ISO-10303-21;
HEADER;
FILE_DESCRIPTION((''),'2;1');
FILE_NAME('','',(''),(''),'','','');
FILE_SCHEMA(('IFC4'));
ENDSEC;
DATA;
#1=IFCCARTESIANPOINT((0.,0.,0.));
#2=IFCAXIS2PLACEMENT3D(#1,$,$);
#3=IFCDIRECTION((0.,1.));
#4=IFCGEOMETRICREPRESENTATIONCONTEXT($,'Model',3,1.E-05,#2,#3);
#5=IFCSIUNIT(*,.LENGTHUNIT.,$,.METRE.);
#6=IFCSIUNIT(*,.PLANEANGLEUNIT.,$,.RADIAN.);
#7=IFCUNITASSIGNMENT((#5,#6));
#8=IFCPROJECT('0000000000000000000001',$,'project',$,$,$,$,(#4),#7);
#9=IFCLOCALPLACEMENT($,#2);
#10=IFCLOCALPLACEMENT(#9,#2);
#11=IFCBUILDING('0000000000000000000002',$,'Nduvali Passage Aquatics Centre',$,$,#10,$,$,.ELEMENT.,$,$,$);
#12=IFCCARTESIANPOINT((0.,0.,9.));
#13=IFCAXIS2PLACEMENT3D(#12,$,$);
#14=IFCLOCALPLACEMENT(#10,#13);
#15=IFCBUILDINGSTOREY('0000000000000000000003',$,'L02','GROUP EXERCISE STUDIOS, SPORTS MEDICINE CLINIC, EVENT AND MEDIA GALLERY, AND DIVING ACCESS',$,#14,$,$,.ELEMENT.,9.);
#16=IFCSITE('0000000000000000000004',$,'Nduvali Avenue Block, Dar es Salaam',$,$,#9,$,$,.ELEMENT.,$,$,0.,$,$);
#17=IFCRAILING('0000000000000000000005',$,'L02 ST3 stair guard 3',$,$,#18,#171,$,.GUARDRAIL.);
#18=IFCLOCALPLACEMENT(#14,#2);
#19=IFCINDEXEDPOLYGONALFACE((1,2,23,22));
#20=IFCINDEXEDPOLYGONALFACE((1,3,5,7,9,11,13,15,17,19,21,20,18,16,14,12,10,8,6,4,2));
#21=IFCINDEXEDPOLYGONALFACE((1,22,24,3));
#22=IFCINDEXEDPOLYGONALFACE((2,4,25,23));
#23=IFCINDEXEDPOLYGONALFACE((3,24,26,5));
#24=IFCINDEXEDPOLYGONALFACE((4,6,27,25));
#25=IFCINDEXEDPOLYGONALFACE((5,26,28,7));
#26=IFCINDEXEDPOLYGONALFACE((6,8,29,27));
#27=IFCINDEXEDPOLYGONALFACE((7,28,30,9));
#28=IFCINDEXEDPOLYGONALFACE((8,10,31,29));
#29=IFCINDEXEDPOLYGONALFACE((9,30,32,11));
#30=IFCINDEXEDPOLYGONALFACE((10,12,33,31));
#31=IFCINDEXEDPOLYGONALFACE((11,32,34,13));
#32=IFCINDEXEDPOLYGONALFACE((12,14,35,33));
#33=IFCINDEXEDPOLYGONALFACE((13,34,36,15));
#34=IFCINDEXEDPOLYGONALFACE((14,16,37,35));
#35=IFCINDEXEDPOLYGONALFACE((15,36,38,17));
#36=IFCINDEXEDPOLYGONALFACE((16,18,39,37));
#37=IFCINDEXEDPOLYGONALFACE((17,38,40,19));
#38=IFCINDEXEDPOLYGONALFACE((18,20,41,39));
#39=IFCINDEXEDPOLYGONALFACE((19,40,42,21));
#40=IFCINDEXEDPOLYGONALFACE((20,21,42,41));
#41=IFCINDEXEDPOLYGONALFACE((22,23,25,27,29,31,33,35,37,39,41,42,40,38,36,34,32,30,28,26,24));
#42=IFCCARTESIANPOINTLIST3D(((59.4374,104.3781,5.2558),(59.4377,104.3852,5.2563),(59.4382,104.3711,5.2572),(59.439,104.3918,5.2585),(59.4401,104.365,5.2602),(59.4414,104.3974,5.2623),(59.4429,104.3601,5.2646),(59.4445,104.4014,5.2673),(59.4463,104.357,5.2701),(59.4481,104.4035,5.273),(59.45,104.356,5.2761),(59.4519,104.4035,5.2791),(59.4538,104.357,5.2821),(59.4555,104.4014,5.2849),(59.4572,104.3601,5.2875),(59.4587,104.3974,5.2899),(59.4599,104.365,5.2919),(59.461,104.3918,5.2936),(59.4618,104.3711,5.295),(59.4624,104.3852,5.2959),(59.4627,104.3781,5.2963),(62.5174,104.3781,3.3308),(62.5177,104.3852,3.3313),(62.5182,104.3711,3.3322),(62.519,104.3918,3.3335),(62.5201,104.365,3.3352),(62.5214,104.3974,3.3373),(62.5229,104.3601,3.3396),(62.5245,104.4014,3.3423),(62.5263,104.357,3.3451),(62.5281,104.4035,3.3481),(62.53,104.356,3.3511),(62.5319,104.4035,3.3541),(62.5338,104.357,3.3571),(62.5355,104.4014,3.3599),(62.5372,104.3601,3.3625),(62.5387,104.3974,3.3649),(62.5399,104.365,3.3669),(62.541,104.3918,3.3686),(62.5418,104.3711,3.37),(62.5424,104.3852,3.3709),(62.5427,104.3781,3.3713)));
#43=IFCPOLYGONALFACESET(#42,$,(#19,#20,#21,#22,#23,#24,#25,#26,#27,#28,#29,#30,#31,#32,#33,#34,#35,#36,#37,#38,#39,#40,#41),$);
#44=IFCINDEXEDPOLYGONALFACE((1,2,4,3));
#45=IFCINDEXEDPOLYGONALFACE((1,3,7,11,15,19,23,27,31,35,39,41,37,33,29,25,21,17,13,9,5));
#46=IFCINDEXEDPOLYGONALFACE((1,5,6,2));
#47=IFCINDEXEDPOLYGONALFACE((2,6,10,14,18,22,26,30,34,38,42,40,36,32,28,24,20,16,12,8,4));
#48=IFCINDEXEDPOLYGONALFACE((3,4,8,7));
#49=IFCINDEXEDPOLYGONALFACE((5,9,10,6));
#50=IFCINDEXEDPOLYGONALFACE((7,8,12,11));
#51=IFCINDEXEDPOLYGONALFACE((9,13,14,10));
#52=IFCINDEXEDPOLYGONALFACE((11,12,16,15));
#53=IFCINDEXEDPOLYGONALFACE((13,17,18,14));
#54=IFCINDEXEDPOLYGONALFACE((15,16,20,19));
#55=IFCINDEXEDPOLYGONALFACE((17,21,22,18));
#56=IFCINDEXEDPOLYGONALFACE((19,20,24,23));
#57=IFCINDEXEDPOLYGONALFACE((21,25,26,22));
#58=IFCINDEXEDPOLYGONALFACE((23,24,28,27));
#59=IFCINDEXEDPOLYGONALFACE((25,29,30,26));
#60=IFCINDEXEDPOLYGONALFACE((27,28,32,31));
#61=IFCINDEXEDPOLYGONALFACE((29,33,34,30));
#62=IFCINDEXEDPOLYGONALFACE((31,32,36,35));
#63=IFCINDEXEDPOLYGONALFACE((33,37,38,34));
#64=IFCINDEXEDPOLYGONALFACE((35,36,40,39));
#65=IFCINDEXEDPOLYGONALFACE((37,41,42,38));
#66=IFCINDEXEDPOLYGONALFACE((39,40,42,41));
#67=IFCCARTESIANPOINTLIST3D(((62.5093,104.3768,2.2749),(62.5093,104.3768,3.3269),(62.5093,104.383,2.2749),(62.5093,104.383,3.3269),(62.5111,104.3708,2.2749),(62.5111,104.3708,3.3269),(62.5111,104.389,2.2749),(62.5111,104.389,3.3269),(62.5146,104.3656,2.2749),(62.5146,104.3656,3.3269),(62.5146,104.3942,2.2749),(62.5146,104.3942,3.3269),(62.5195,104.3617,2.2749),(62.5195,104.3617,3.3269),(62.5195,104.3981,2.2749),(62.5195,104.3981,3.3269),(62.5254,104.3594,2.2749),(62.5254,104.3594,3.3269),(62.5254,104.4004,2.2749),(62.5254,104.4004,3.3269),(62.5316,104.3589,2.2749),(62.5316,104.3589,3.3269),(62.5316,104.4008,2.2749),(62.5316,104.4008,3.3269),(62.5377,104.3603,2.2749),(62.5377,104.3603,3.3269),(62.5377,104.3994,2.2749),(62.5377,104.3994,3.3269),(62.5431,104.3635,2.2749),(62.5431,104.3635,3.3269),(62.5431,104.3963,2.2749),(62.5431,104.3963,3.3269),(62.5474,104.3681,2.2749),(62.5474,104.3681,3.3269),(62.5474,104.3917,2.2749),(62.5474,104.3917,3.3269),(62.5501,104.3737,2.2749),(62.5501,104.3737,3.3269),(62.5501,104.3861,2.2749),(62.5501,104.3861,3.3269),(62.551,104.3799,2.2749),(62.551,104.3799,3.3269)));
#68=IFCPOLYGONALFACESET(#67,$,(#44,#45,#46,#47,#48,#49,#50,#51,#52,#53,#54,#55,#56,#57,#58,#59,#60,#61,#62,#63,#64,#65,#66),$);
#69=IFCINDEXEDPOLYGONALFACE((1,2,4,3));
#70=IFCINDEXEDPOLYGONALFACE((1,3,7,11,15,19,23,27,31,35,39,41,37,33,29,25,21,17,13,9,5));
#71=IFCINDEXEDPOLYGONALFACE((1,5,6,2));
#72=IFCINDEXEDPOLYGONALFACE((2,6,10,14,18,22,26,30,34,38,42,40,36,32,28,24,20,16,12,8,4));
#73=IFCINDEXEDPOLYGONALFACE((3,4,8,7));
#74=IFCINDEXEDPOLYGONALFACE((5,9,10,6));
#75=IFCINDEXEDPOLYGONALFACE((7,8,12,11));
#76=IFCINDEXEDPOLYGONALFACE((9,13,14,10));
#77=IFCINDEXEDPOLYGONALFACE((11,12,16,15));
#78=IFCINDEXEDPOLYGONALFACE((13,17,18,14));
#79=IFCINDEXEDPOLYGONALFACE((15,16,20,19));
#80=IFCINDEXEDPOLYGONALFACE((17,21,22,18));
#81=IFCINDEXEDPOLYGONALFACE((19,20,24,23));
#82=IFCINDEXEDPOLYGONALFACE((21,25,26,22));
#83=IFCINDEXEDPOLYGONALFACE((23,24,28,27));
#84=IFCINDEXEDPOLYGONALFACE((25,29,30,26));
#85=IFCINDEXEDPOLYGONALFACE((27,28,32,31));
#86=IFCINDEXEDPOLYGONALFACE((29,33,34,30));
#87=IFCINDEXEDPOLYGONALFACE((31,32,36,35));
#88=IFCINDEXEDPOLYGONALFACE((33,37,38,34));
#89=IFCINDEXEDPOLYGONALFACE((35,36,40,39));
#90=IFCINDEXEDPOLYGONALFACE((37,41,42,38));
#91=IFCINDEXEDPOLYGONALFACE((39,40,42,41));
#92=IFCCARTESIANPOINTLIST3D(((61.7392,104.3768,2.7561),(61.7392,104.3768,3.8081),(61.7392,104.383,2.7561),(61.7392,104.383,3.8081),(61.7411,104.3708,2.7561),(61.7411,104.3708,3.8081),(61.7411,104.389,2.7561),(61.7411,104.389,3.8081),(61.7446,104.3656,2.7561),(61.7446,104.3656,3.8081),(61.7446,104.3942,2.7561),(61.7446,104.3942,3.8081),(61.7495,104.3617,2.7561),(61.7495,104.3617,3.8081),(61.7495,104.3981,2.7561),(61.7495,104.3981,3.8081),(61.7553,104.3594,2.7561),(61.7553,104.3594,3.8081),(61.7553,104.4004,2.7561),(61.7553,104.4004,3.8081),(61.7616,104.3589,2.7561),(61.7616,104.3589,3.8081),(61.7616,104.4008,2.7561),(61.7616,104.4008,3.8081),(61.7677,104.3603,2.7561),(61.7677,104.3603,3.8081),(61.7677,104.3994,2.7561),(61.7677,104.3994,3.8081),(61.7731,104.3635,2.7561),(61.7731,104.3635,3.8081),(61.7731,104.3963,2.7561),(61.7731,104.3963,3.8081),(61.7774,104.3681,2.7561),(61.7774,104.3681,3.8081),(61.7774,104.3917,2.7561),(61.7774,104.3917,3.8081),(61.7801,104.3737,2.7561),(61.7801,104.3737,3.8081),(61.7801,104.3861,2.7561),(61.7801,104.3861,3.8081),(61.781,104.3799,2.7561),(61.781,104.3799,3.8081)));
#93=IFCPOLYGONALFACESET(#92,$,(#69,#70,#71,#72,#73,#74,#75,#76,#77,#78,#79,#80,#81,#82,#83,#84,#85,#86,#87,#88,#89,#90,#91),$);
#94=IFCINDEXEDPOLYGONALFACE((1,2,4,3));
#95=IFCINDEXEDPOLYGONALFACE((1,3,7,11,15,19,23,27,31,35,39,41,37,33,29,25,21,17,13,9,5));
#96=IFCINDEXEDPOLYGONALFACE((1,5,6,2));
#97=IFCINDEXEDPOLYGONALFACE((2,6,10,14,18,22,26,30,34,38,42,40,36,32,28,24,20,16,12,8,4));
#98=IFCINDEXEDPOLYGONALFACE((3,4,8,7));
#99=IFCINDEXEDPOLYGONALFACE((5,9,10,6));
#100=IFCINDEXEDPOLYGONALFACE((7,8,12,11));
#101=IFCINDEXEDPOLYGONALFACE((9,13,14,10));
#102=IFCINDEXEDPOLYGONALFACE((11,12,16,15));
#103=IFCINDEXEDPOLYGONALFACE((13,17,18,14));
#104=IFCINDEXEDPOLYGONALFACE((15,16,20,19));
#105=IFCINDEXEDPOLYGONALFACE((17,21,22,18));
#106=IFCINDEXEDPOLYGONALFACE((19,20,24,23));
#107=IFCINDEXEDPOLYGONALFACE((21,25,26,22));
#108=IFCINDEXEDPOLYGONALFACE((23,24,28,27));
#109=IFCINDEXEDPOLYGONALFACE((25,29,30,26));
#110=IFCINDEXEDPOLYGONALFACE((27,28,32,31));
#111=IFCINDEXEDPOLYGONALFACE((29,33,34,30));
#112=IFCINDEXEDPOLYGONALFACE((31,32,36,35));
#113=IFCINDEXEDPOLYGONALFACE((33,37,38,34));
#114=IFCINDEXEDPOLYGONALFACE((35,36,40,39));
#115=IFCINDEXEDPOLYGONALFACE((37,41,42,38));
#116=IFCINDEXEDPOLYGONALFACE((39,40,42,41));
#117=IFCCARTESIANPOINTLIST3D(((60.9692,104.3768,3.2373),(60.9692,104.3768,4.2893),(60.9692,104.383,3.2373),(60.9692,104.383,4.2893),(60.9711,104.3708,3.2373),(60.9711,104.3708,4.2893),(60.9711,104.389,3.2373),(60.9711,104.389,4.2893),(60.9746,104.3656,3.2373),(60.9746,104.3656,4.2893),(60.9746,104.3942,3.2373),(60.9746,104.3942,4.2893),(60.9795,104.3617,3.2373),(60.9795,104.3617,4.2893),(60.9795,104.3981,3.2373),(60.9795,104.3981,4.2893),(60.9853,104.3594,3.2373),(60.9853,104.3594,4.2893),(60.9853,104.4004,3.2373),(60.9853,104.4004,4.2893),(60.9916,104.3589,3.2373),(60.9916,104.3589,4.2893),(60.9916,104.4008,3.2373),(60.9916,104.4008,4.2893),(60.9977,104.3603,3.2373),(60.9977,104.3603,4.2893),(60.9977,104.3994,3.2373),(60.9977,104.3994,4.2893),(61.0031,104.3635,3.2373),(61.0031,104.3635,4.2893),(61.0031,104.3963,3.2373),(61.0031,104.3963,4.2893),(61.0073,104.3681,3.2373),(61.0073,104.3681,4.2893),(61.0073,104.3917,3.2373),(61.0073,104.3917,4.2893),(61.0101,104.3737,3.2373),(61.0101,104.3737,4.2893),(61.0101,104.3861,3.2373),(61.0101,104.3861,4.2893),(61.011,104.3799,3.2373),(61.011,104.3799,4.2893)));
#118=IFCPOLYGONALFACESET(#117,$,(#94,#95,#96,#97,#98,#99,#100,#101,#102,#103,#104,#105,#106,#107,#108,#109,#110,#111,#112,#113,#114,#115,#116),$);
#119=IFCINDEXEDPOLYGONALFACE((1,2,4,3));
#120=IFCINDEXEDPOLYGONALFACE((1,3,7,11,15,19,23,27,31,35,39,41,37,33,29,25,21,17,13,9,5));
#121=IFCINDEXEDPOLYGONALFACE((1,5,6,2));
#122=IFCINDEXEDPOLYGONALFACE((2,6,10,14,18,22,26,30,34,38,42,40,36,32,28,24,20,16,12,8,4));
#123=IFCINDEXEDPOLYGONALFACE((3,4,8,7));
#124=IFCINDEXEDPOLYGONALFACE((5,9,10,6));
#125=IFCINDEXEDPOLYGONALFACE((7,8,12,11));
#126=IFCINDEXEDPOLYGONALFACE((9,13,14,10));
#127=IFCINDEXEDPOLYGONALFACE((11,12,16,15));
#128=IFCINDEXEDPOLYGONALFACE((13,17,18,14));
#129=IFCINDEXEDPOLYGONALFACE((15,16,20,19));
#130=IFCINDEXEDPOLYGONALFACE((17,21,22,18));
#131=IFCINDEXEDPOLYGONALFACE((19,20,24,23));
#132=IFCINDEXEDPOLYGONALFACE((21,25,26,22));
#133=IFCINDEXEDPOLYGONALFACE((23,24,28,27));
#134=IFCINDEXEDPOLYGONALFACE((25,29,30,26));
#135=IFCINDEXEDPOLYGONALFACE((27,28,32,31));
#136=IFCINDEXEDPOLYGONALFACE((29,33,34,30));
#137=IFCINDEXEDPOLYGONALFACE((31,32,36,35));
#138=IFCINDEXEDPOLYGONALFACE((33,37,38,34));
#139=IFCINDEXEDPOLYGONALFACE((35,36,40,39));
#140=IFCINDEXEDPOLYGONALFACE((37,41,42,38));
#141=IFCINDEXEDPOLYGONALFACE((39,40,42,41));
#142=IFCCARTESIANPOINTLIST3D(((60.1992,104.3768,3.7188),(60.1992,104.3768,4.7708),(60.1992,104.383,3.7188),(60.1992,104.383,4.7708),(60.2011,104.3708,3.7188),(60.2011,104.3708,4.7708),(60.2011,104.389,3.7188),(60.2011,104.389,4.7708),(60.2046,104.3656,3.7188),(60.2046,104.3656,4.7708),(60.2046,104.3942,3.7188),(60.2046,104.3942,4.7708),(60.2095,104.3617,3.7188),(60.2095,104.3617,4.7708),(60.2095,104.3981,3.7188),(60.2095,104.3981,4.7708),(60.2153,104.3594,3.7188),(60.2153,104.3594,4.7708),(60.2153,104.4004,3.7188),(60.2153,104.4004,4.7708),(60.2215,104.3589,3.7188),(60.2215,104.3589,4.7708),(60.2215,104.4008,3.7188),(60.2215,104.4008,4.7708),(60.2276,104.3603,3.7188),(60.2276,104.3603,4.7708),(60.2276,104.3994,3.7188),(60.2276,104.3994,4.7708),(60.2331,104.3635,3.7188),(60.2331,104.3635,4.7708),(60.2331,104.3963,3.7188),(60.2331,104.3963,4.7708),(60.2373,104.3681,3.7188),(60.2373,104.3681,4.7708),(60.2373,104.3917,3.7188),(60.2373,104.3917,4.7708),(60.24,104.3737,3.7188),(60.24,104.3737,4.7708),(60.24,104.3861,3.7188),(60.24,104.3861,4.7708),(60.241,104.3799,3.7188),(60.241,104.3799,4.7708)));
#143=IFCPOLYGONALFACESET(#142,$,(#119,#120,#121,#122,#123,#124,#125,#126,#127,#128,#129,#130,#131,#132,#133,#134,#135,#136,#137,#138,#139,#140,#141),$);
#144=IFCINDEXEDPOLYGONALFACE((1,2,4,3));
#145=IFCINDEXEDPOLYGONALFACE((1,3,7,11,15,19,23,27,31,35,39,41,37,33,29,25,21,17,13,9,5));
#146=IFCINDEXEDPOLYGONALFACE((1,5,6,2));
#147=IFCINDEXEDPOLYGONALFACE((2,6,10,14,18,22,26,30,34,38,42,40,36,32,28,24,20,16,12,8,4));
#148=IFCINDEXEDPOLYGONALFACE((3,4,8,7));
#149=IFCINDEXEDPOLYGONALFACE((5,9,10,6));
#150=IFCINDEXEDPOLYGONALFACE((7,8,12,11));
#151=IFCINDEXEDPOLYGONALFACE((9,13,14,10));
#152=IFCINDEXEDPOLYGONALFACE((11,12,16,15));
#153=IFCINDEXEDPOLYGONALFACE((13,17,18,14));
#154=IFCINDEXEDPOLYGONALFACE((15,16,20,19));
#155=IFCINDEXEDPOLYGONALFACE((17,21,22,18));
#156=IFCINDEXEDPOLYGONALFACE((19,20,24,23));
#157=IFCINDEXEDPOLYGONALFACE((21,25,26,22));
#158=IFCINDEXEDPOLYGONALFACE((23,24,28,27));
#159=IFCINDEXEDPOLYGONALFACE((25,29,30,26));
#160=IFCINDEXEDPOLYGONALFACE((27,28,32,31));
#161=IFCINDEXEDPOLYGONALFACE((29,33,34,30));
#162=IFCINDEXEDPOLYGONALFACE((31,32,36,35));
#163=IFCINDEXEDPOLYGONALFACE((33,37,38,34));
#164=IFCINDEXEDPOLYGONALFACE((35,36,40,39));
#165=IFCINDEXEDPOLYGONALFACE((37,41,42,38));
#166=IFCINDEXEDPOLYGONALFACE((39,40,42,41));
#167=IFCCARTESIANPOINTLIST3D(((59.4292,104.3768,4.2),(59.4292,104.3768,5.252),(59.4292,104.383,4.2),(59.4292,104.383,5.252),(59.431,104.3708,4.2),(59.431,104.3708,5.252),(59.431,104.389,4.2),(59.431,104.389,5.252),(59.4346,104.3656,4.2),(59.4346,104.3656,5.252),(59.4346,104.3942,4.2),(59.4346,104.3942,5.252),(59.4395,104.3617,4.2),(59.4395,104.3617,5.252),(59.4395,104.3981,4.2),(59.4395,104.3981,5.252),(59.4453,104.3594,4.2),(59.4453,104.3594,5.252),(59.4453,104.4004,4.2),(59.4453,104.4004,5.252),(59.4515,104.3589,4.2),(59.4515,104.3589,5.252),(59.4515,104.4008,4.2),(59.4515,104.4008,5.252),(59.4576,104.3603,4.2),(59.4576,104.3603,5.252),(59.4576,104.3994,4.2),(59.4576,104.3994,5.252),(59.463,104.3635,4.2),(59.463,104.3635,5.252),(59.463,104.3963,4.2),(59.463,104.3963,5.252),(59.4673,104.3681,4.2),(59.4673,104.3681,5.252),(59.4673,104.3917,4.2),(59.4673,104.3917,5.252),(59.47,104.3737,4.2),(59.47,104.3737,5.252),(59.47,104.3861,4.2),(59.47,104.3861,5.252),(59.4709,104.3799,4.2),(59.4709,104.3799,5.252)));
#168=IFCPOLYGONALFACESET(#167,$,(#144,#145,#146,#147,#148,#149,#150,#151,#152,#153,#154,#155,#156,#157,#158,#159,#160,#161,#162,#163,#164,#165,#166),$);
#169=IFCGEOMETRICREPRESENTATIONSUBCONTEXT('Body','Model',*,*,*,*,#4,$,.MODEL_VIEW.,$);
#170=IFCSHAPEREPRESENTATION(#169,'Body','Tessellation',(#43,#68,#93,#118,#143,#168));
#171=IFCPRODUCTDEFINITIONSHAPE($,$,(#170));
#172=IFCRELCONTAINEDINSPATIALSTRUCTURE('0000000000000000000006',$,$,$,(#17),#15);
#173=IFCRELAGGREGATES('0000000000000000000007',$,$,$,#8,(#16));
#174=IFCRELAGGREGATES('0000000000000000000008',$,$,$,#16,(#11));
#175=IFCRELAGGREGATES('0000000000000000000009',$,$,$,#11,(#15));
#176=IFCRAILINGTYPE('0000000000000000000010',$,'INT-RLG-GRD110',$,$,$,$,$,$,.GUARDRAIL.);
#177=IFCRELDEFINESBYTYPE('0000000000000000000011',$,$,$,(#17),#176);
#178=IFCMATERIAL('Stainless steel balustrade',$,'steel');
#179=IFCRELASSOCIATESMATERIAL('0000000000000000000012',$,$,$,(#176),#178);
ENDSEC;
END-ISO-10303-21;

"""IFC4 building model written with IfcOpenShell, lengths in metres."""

from ifc_helpers import new_model, si_unit, direction, frame, origin, origin_2d, place, context, subcontext, project, spatial, circle, extrude, material, type_object, element, save


model = new_model("IFC4")

# Units and contexts
model_context = context("Model", 3, precision=1e-05, world=origin(), true_north=direction((0.0, 1.0)))
body_context = subcontext(model_context, "Body", "Model", "MODEL_VIEW")
ifc_project = project(units=[si_unit("LENGTHUNIT", "METRE"), si_unit("PLANEANGLEUNIT", "RADIAN")], contexts=[model_context])

# Site, building, storey
site_placement = place(None, origin())
site = spatial("IfcSite", under=ifc_project, at=site_placement, Name="Nduvali Avenue Block, Dar es Salaam", CompositionType="ELEMENT", RefElevation=0.0)
building_placement = place(site_placement, origin())
building = spatial("IfcBuilding", under=site, at=building_placement, Name="Nduvali Passage Aquatics Centre", CompositionType="ELEMENT")
storey_placement = place(building_placement, frame((0.0, 0.0, 9.0)))
storey = spatial("IfcBuildingStorey", under=building, at=storey_placement, Name="L02", Description="GROUP EXERCISE STUDIOS, SPORTS MEDICINE CLINIC, EVENT AND MEDIA GALLERY, AND DIVING ACCESS", CompositionType="ELEMENT", Elevation=9.0)

# Railing
ifc_material_1 = material(Name="Stainless steel balustrade", Category="steel")
railing_type_1 = type_object("IfcRailingType", Name="INT-RLG-GRD110", PredefinedType="GUARDRAIL", material=ifc_material_1)
railing_1_placement = place(storey_placement, frame((62.53, 104.3799, 2.2749)))
element("IfcRailing", 1, at=railing_1_placement, inside=storey, type_object=railing_type_1, Name="L02 ST3 stair guard 3", PredefinedType="GUARDRAIL", context=body_context, shape_type="SweptSolid", body=[
    extrude(circle(Radius=0.0239, at=origin_2d()), frame((0.0, 0.0, 1.0762), z_axis=(-0.847998, 0.0, 0.529999), x_axis=(0.0, -1.0, 0.0)), (0.0, 0.0, 1.0), 3.6321),
    extrude(circle(Radius=0.021, at=origin_2d()), origin(), (0.0, 0.0, 1.0), 1.052),
    extrude(circle(Radius=0.021, at=origin_2d()), frame((-0.77, 0.0, 0.4812)), (0.0, 0.0, 1.0), 1.052),
    extrude(circle(Radius=0.021, at=origin_2d()), frame((-1.54, 0.0, 0.9624)), (0.0, 0.0, 1.0), 1.052),
    extrude(circle(Radius=0.021, at=origin_2d()), frame((-2.3101, 0.0, 1.4438)), (0.0, 0.0, 1.0), 1.052),
    extrude(circle(Radius=0.021, at=origin_2d()), frame((-3.0801, 0.0, 1.925)), (0.0, 0.0, 1.0), 1.052),
])

save(model, "model.ifc")
